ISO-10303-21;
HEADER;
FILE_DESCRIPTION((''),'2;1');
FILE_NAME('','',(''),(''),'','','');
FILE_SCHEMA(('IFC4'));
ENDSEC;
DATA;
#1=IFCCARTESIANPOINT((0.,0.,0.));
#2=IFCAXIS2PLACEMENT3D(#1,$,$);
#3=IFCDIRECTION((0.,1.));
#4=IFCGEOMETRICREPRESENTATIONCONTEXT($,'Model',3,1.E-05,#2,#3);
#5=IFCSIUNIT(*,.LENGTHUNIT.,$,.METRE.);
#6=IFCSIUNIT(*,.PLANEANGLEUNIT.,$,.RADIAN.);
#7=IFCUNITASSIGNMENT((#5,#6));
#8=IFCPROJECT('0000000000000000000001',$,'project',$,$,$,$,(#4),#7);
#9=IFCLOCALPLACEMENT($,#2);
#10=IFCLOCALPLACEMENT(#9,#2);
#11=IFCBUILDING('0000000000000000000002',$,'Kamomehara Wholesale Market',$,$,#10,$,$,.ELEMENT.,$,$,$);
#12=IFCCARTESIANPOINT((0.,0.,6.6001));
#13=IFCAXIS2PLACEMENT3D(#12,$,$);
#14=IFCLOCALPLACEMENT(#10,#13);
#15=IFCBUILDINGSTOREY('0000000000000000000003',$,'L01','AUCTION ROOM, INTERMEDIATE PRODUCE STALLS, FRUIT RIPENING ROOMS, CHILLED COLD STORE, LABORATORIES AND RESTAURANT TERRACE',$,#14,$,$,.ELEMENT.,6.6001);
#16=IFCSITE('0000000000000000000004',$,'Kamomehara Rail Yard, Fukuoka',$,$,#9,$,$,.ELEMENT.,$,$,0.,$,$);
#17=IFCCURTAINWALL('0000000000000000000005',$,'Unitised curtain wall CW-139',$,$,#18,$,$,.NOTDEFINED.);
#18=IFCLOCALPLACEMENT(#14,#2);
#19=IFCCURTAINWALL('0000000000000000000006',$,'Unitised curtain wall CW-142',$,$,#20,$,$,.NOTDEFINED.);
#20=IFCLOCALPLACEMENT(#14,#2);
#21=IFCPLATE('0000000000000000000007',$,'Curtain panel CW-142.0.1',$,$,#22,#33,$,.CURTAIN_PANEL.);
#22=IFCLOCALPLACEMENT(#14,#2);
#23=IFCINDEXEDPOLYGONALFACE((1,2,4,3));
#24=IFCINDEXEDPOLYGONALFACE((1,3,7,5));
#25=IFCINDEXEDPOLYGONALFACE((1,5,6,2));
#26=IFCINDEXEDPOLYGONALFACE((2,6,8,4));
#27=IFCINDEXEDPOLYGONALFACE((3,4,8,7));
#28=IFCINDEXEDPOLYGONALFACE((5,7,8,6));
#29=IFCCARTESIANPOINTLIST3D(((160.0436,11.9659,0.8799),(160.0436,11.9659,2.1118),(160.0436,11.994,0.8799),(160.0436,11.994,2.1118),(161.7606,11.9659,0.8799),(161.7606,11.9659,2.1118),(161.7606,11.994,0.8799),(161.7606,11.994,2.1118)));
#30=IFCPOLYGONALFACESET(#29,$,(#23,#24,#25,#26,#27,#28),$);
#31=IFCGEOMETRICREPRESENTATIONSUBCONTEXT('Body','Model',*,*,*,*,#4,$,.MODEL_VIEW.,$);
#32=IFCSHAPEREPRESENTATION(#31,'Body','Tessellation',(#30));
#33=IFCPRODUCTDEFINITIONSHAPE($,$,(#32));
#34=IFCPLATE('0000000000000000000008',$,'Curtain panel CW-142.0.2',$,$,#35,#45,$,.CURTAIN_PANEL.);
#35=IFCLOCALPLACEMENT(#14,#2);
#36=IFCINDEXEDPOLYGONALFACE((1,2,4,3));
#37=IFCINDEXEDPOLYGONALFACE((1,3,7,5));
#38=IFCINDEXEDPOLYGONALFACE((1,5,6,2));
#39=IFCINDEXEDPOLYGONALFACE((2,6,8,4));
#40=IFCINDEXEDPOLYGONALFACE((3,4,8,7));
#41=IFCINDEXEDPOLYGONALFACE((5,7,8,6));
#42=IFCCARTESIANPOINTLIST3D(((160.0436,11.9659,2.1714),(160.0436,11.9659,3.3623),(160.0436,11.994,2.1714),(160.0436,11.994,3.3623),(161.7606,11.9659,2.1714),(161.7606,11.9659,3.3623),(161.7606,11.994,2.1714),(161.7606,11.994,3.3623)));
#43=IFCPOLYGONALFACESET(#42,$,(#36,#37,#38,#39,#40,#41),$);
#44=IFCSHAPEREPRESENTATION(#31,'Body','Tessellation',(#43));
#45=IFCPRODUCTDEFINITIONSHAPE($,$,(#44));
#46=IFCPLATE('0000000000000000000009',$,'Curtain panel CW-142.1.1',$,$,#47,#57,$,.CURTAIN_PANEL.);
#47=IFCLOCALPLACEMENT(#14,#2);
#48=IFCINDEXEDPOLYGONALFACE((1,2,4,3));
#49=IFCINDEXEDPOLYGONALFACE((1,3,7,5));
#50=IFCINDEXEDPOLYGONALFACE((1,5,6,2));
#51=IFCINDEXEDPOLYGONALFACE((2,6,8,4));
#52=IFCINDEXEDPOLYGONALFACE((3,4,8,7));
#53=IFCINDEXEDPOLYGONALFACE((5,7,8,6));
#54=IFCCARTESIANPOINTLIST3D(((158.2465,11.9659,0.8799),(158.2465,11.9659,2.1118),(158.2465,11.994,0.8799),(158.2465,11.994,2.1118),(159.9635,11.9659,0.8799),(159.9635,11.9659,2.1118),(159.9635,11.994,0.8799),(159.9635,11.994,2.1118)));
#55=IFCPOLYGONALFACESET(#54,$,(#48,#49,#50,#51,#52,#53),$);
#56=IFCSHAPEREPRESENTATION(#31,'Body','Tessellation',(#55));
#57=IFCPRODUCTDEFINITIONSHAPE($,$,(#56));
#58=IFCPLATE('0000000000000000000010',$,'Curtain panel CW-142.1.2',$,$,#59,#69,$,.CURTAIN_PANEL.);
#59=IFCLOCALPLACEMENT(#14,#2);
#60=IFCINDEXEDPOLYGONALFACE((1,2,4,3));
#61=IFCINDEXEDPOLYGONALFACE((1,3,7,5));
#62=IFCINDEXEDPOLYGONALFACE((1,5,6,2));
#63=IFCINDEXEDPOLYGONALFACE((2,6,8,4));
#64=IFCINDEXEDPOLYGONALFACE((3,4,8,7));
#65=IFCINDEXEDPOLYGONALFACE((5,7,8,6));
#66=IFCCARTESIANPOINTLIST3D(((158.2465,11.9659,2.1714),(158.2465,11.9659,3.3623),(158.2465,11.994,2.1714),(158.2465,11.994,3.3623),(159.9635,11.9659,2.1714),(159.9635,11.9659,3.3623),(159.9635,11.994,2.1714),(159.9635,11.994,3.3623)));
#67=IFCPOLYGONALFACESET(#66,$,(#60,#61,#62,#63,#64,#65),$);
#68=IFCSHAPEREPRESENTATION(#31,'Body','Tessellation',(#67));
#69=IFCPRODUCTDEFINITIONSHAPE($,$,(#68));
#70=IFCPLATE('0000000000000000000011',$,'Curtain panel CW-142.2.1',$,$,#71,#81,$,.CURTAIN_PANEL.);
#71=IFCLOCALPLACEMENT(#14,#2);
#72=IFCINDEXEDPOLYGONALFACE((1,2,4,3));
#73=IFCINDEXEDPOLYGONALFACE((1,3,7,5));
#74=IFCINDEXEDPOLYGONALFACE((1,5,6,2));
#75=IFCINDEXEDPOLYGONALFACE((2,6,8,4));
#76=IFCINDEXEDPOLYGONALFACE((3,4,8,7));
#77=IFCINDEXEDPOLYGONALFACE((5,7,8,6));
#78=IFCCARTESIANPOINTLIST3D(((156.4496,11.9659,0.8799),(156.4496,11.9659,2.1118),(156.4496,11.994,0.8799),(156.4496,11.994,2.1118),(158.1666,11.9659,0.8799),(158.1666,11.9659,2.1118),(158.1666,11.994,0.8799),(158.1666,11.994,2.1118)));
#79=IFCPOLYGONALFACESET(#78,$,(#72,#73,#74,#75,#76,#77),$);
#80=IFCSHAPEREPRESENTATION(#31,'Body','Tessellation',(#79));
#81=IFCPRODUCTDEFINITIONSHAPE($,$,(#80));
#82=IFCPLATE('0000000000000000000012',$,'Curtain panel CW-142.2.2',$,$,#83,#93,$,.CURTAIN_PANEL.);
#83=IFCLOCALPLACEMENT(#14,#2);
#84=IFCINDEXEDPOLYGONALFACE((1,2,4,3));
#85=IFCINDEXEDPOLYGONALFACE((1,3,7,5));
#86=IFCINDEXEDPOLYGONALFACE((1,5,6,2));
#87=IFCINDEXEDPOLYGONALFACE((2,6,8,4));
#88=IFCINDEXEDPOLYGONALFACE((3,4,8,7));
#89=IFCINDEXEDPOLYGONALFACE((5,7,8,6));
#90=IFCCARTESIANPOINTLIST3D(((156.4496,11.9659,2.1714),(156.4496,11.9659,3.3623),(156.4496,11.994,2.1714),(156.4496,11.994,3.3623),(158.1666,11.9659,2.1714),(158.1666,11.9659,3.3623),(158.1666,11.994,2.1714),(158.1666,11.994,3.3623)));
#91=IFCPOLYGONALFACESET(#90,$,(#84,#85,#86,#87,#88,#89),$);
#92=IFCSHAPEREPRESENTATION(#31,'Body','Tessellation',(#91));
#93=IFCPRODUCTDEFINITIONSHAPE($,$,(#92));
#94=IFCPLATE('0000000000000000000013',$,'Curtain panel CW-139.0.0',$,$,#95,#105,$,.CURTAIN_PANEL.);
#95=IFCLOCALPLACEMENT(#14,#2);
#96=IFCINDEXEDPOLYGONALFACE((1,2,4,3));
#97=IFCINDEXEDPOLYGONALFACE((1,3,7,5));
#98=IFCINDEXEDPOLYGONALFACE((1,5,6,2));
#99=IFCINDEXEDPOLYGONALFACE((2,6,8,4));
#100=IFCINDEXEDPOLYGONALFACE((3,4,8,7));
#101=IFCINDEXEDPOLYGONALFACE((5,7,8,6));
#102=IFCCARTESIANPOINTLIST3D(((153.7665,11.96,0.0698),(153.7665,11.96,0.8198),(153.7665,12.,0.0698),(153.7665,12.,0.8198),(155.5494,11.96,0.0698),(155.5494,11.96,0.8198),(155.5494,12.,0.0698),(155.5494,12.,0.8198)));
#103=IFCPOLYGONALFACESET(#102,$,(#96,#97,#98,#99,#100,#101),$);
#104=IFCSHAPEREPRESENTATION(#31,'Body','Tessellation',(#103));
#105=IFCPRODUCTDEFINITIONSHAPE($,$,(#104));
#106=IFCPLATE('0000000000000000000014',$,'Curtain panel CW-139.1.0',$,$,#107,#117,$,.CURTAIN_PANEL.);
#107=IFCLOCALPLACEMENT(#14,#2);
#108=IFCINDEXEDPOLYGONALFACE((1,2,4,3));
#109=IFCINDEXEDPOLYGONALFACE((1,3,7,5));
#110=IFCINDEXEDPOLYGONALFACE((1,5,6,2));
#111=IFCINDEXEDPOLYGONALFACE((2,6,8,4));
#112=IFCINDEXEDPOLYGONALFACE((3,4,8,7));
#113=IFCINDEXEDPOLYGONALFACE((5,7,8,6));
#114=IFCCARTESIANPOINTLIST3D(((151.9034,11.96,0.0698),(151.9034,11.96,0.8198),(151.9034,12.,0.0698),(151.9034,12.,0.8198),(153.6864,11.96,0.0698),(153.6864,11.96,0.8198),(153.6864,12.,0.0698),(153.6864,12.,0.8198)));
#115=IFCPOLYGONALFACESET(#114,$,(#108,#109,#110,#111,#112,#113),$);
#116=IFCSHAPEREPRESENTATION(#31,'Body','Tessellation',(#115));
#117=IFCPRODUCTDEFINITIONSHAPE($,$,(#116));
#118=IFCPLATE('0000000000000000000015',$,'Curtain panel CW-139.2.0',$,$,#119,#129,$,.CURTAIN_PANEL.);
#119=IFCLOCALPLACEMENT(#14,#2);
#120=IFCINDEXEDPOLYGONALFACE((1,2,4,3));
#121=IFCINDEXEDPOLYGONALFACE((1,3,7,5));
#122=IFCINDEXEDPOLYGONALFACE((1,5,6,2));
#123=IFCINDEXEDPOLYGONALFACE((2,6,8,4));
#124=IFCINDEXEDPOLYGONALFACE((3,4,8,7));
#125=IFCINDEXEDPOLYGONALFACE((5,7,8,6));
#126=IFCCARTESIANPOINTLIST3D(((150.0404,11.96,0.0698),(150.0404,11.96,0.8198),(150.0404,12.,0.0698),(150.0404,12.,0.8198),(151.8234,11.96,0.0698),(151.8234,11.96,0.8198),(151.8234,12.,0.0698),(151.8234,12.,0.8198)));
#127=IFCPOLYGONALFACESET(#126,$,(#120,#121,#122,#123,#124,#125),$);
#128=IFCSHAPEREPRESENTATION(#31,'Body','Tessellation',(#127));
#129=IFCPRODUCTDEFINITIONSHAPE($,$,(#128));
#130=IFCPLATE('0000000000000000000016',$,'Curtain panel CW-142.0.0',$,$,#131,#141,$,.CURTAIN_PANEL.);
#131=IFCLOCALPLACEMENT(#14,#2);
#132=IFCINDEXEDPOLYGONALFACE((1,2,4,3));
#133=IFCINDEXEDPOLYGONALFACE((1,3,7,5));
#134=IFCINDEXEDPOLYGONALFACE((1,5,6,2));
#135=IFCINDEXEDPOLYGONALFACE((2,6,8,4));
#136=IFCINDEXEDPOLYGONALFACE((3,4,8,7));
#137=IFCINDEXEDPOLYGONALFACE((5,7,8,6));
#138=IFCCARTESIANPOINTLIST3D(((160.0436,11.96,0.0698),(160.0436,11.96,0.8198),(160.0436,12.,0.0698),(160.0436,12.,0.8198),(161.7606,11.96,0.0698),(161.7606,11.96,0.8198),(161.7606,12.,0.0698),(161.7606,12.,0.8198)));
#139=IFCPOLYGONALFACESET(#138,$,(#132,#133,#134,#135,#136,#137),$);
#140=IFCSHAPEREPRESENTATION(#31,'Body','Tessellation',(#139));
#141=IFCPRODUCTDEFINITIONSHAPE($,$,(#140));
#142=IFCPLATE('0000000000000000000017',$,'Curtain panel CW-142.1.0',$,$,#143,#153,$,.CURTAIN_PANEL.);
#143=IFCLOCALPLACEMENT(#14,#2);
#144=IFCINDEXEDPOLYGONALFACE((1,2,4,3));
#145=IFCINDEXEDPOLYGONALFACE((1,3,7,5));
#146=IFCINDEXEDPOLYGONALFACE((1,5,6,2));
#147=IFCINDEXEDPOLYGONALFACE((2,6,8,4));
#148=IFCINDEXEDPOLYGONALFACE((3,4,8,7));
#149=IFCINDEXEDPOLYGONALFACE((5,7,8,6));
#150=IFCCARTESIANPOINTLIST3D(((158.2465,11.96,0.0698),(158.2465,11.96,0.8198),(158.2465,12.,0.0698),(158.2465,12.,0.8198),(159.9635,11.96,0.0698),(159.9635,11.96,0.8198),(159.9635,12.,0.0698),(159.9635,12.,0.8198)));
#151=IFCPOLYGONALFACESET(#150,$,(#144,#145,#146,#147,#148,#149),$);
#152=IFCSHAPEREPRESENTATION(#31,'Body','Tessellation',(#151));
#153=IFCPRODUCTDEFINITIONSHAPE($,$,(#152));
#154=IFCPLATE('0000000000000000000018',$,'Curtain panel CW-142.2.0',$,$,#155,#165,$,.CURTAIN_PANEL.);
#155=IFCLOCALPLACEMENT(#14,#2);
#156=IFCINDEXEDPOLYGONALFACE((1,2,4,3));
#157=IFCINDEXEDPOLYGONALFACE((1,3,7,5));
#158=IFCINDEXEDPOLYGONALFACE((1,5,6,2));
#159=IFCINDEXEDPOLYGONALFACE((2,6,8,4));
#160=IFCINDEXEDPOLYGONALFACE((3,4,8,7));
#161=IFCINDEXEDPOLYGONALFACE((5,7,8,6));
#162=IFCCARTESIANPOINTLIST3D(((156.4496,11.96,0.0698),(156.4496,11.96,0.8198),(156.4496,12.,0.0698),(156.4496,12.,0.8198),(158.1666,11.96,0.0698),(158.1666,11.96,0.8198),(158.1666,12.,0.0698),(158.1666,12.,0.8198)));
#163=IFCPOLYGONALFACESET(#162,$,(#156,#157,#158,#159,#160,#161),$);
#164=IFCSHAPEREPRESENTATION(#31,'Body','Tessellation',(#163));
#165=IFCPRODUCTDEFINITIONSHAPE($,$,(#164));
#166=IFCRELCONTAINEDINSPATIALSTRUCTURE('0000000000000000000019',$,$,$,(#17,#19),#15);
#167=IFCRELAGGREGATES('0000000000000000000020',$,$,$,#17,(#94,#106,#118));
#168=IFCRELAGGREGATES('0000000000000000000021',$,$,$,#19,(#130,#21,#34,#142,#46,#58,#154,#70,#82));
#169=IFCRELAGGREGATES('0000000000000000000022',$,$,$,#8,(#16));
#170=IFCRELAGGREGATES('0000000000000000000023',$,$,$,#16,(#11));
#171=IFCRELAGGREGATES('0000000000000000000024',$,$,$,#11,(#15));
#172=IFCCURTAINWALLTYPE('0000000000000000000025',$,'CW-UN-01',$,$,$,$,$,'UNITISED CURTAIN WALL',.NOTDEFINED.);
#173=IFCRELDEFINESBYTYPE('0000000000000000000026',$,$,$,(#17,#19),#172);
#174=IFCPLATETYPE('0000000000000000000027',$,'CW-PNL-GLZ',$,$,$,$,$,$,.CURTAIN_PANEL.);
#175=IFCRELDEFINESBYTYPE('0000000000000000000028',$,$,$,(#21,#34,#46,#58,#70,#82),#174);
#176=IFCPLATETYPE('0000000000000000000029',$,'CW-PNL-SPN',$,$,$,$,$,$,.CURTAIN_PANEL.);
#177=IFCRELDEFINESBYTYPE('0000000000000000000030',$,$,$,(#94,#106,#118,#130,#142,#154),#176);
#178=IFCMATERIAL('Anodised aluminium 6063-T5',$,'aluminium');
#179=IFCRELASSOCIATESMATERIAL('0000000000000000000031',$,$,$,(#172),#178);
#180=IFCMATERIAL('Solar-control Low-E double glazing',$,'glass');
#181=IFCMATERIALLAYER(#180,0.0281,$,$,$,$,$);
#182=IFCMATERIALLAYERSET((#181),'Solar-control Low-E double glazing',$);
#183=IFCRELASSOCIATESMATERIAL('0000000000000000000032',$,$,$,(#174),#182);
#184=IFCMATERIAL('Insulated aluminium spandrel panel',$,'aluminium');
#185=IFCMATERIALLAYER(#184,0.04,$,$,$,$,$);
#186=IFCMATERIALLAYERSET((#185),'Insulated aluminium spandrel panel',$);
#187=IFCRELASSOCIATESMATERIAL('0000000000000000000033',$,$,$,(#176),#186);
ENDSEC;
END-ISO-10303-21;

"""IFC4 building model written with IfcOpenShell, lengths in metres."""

from ifc_helpers import new_model, si_unit, direction, frame, origin, origin_2d, place, context, subcontext, project, spatial, rectangle, extrude, material, layer, layer_set, type_object, element, aggregate, save


model = new_model("IFC4")

# Units and contexts
model_context = context("Model", 3, precision=1e-05, world=origin(), true_north=direction((0.0, 1.0)))
body_context = subcontext(model_context, "Body", "Model", "MODEL_VIEW")
ifc_project = project(units=[si_unit("LENGTHUNIT", "METRE"), si_unit("PLANEANGLEUNIT", "RADIAN")], contexts=[model_context])

# Site, building, storey
site_placement = place(None, origin())
site = spatial("IfcSite", under=ifc_project, at=site_placement, Name="Kamomehara Rail Yard, Fukuoka", CompositionType="ELEMENT", RefElevation=0.0)
building_placement = place(site_placement, origin())
building = spatial("IfcBuilding", under=site, at=building_placement, Name="Kamomehara Wholesale Market", CompositionType="ELEMENT")
storey_placement = place(building_placement, frame((0.0, 0.0, 6.6001)))
storey = spatial("IfcBuildingStorey", under=building, at=storey_placement, Name="L01", Description="AUCTION ROOM, INTERMEDIATE PRODUCE STALLS, FRUIT RIPENING ROOMS, CHILLED COLD STORE, LABORATORIES AND RESTAURANT TERRACE", CompositionType="ELEMENT", Elevation=6.6001)

# Curtain wall
ifc_material_1 = material(Name="Anodised aluminium 6063-T5", Category="aluminium")
curtain_wall_type = type_object("IfcCurtainWallType", Name="CW-UN-01", ElementType="UNITISED CURTAIN WALL", PredefinedType="NOTDEFINED", material=ifc_material_1)
curtain_wall_1_placement = place(storey_placement, origin())
curtain_wall_1 = element("IfcCurtainWall", 1, at=curtain_wall_1_placement, inside=storey, type_object=curtain_wall_type, Name="Unitised curtain wall CW-139", PredefinedType="NOTDEFINED")

# Shared definitions
ifc_material_2 = material(Name="Solar-control Low-E double glazing", Category="glass")
ifc_layer_1 = layer(ifc_material_2, 0.0281)
ifc_layer_set_1 = layer_set([ifc_layer_1], Name="Solar-control Low-E double glazing")
plate_type_1 = type_object("IfcPlateType", Name="CW-PNL-GLZ", PredefinedType="CURTAIN_PANEL", material=ifc_layer_set_1)

# Curtain wall, plates
curtain_wall_2_placement = place(storey_placement, origin())
curtain_wall_2 = element("IfcCurtainWall", 2, at=curtain_wall_2_placement, inside=storey, type_object=curtain_wall_type, Name="Unitised curtain wall CW-142", PredefinedType="NOTDEFINED")
plate_1_placement = place(storey_placement, frame((160.9021, 11.98, 0.8799), z_axis=(0.0, 0.0, 1.0), x_axis=(-1.0, 0.0, 0.0)))
plate_1 = element("IfcPlate", 3, at=plate_1_placement, type_object=plate_type_1, Name="Curtain panel CW-142.0.1", PredefinedType="CURTAIN_PANEL", context=body_context, shape_type="SweptSolid", body=[
    extrude(rectangle(XDim=1.717, YDim=0.0281, at=origin_2d()), origin(), (0.0, 0.0, 1.0), 1.2319),
])
plate_2_placement = place(storey_placement, frame((160.9021, 11.98, 2.1714), z_axis=(0.0, 0.0, 1.0), x_axis=(-1.0, 0.0, 0.0)))
plate_2 = element("IfcPlate", 4, at=plate_2_placement, type_object=plate_type_1, Name="Curtain panel CW-142.0.2", PredefinedType="CURTAIN_PANEL", context=body_context, shape_type="SweptSolid", body=[
    extrude(rectangle(XDim=1.717, YDim=0.0281, at=origin_2d()), origin(), (0.0, 0.0, 1.0), 1.1909),
])
plate_3_placement = place(storey_placement, frame((159.105, 11.98, 0.8799), z_axis=(0.0, 0.0, 1.0), x_axis=(-1.0, 0.0, 0.0)))
plate_3 = element("IfcPlate", 5, at=plate_3_placement, type_object=plate_type_1, Name="Curtain panel CW-142.1.1", PredefinedType="CURTAIN_PANEL", context=body_context, shape_type="SweptSolid", body=[
    extrude(rectangle(XDim=1.717, YDim=0.0281, at=origin_2d()), origin(), (0.0, 0.0, 1.0), 1.2319),
])
plate_4_placement = place(storey_placement, frame((159.105, 11.98, 2.1714), z_axis=(0.0, 0.0, 1.0), x_axis=(-1.0, 0.0, 0.0)))
plate_4 = element("IfcPlate", 6, at=plate_4_placement, type_object=plate_type_1, Name="Curtain panel CW-142.1.2", PredefinedType="CURTAIN_PANEL", context=body_context, shape_type="SweptSolid", body=[
    extrude(rectangle(XDim=1.717, YDim=0.0281, at=origin_2d()), origin(), (0.0, 0.0, 1.0), 1.1909),
])
plate_5_placement = place(storey_placement, frame((157.3081, 11.98, 0.8799), z_axis=(0.0, 0.0, 1.0), x_axis=(-1.0, 0.0, 0.0)))
plate_5 = element("IfcPlate", 7, at=plate_5_placement, type_object=plate_type_1, Name="Curtain panel CW-142.2.1", PredefinedType="CURTAIN_PANEL", context=body_context, shape_type="SweptSolid", body=[
    extrude(rectangle(XDim=1.717, YDim=0.0281, at=origin_2d()), origin(), (0.0, 0.0, 1.0), 1.2319),
])
plate_6_placement = place(storey_placement, frame((157.3081, 11.98, 2.1714), z_axis=(0.0, 0.0, 1.0), x_axis=(-1.0, 0.0, 0.0)))
plate_6 = element("IfcPlate", 8, at=plate_6_placement, type_object=plate_type_1, Name="Curtain panel CW-142.2.2", PredefinedType="CURTAIN_PANEL", context=body_context, shape_type="SweptSolid", body=[
    extrude(rectangle(XDim=1.717, YDim=0.0281, at=origin_2d()), origin(), (0.0, 0.0, 1.0), 1.1909),
])

# Plates
ifc_material_3 = material(Name="Insulated aluminium spandrel panel", Category="aluminium")
ifc_layer_2 = layer(ifc_material_3, 0.04)
ifc_layer_set_2 = layer_set([ifc_layer_2], Name="Insulated aluminium spandrel panel")
plate_type_2 = type_object("IfcPlateType", Name="CW-PNL-SPN", PredefinedType="CURTAIN_PANEL", material=ifc_layer_set_2)
plate_7_placement = place(storey_placement, frame((154.658, 11.98, 0.0698), z_axis=(0.0, 0.0, 1.0), x_axis=(-1.0, 0.0, 0.0)))
plate_7 = element("IfcPlate", 9, at=plate_7_placement, type_object=plate_type_2, Name="Curtain panel CW-139.0.0", PredefinedType="CURTAIN_PANEL", context=body_context, shape_type="SweptSolid", body=[
    extrude(rectangle(XDim=1.783, YDim=0.04, at=origin_2d()), origin(), (0.0, 0.0, 1.0), 0.75),
])
plate_8_placement = place(storey_placement, frame((152.7949, 11.98, 0.0698), z_axis=(0.0, 0.0, 1.0), x_axis=(-1.0, 0.0, 0.0)))
plate_8 = element("IfcPlate", 10, at=plate_8_placement, type_object=plate_type_2, Name="Curtain panel CW-139.1.0", PredefinedType="CURTAIN_PANEL", context=body_context, shape_type="SweptSolid", body=[
    extrude(rectangle(XDim=1.783, YDim=0.04, at=origin_2d()), origin(), (0.0, 0.0, 1.0), 0.75),
])
plate_9_placement = place(storey_placement, frame((150.9319, 11.98, 0.0698), z_axis=(0.0, 0.0, 1.0), x_axis=(-1.0, 0.0, 0.0)))
plate_9 = element("IfcPlate", 11, at=plate_9_placement, type_object=plate_type_2, Name="Curtain panel CW-139.2.0", PredefinedType="CURTAIN_PANEL", context=body_context, shape_type="SweptSolid", body=[
    extrude(rectangle(XDim=1.783, YDim=0.04, at=origin_2d()), origin(), (0.0, 0.0, 1.0), 0.75),
])
aggregate(curtain_wall_1, [plate_7, plate_8, plate_9])
plate_10_placement = place(storey_placement, frame((160.9021, 11.98, 0.0698), z_axis=(0.0, 0.0, 1.0), x_axis=(-1.0, 0.0, 0.0)))
plate_10 = element("IfcPlate", 12, at=plate_10_placement, type_object=plate_type_2, Name="Curtain panel CW-142.0.0", PredefinedType="CURTAIN_PANEL", context=body_context, shape_type="SweptSolid", body=[
    extrude(rectangle(XDim=1.717, YDim=0.04, at=origin_2d()), origin(), (0.0, 0.0, 1.0), 0.75),
])
plate_11_placement = place(storey_placement, frame((159.105, 11.98, 0.0698), z_axis=(0.0, 0.0, 1.0), x_axis=(-1.0, 0.0, 0.0)))
plate_11 = element("IfcPlate", 13, at=plate_11_placement, type_object=plate_type_2, Name="Curtain panel CW-142.1.0", PredefinedType="CURTAIN_PANEL", context=body_context, shape_type="SweptSolid", body=[
    extrude(rectangle(XDim=1.717, YDim=0.04, at=origin_2d()), origin(), (0.0, 0.0, 1.0), 0.75),
])
plate_12_placement = place(storey_placement, frame((157.3081, 11.98, 0.0698), z_axis=(0.0, 0.0, 1.0), x_axis=(-1.0, 0.0, 0.0)))
plate_12 = element("IfcPlate", 14, at=plate_12_placement, type_object=plate_type_2, Name="Curtain panel CW-142.2.0", PredefinedType="CURTAIN_PANEL", context=body_context, shape_type="SweptSolid", body=[
    extrude(rectangle(XDim=1.717, YDim=0.04, at=origin_2d()), origin(), (0.0, 0.0, 1.0), 0.75),
])
aggregate(curtain_wall_2, [plate_10, plate_1, plate_2, plate_11, plate_3, plate_4, plate_12, plate_5, plate_6])

save(model, "model.ifc")
